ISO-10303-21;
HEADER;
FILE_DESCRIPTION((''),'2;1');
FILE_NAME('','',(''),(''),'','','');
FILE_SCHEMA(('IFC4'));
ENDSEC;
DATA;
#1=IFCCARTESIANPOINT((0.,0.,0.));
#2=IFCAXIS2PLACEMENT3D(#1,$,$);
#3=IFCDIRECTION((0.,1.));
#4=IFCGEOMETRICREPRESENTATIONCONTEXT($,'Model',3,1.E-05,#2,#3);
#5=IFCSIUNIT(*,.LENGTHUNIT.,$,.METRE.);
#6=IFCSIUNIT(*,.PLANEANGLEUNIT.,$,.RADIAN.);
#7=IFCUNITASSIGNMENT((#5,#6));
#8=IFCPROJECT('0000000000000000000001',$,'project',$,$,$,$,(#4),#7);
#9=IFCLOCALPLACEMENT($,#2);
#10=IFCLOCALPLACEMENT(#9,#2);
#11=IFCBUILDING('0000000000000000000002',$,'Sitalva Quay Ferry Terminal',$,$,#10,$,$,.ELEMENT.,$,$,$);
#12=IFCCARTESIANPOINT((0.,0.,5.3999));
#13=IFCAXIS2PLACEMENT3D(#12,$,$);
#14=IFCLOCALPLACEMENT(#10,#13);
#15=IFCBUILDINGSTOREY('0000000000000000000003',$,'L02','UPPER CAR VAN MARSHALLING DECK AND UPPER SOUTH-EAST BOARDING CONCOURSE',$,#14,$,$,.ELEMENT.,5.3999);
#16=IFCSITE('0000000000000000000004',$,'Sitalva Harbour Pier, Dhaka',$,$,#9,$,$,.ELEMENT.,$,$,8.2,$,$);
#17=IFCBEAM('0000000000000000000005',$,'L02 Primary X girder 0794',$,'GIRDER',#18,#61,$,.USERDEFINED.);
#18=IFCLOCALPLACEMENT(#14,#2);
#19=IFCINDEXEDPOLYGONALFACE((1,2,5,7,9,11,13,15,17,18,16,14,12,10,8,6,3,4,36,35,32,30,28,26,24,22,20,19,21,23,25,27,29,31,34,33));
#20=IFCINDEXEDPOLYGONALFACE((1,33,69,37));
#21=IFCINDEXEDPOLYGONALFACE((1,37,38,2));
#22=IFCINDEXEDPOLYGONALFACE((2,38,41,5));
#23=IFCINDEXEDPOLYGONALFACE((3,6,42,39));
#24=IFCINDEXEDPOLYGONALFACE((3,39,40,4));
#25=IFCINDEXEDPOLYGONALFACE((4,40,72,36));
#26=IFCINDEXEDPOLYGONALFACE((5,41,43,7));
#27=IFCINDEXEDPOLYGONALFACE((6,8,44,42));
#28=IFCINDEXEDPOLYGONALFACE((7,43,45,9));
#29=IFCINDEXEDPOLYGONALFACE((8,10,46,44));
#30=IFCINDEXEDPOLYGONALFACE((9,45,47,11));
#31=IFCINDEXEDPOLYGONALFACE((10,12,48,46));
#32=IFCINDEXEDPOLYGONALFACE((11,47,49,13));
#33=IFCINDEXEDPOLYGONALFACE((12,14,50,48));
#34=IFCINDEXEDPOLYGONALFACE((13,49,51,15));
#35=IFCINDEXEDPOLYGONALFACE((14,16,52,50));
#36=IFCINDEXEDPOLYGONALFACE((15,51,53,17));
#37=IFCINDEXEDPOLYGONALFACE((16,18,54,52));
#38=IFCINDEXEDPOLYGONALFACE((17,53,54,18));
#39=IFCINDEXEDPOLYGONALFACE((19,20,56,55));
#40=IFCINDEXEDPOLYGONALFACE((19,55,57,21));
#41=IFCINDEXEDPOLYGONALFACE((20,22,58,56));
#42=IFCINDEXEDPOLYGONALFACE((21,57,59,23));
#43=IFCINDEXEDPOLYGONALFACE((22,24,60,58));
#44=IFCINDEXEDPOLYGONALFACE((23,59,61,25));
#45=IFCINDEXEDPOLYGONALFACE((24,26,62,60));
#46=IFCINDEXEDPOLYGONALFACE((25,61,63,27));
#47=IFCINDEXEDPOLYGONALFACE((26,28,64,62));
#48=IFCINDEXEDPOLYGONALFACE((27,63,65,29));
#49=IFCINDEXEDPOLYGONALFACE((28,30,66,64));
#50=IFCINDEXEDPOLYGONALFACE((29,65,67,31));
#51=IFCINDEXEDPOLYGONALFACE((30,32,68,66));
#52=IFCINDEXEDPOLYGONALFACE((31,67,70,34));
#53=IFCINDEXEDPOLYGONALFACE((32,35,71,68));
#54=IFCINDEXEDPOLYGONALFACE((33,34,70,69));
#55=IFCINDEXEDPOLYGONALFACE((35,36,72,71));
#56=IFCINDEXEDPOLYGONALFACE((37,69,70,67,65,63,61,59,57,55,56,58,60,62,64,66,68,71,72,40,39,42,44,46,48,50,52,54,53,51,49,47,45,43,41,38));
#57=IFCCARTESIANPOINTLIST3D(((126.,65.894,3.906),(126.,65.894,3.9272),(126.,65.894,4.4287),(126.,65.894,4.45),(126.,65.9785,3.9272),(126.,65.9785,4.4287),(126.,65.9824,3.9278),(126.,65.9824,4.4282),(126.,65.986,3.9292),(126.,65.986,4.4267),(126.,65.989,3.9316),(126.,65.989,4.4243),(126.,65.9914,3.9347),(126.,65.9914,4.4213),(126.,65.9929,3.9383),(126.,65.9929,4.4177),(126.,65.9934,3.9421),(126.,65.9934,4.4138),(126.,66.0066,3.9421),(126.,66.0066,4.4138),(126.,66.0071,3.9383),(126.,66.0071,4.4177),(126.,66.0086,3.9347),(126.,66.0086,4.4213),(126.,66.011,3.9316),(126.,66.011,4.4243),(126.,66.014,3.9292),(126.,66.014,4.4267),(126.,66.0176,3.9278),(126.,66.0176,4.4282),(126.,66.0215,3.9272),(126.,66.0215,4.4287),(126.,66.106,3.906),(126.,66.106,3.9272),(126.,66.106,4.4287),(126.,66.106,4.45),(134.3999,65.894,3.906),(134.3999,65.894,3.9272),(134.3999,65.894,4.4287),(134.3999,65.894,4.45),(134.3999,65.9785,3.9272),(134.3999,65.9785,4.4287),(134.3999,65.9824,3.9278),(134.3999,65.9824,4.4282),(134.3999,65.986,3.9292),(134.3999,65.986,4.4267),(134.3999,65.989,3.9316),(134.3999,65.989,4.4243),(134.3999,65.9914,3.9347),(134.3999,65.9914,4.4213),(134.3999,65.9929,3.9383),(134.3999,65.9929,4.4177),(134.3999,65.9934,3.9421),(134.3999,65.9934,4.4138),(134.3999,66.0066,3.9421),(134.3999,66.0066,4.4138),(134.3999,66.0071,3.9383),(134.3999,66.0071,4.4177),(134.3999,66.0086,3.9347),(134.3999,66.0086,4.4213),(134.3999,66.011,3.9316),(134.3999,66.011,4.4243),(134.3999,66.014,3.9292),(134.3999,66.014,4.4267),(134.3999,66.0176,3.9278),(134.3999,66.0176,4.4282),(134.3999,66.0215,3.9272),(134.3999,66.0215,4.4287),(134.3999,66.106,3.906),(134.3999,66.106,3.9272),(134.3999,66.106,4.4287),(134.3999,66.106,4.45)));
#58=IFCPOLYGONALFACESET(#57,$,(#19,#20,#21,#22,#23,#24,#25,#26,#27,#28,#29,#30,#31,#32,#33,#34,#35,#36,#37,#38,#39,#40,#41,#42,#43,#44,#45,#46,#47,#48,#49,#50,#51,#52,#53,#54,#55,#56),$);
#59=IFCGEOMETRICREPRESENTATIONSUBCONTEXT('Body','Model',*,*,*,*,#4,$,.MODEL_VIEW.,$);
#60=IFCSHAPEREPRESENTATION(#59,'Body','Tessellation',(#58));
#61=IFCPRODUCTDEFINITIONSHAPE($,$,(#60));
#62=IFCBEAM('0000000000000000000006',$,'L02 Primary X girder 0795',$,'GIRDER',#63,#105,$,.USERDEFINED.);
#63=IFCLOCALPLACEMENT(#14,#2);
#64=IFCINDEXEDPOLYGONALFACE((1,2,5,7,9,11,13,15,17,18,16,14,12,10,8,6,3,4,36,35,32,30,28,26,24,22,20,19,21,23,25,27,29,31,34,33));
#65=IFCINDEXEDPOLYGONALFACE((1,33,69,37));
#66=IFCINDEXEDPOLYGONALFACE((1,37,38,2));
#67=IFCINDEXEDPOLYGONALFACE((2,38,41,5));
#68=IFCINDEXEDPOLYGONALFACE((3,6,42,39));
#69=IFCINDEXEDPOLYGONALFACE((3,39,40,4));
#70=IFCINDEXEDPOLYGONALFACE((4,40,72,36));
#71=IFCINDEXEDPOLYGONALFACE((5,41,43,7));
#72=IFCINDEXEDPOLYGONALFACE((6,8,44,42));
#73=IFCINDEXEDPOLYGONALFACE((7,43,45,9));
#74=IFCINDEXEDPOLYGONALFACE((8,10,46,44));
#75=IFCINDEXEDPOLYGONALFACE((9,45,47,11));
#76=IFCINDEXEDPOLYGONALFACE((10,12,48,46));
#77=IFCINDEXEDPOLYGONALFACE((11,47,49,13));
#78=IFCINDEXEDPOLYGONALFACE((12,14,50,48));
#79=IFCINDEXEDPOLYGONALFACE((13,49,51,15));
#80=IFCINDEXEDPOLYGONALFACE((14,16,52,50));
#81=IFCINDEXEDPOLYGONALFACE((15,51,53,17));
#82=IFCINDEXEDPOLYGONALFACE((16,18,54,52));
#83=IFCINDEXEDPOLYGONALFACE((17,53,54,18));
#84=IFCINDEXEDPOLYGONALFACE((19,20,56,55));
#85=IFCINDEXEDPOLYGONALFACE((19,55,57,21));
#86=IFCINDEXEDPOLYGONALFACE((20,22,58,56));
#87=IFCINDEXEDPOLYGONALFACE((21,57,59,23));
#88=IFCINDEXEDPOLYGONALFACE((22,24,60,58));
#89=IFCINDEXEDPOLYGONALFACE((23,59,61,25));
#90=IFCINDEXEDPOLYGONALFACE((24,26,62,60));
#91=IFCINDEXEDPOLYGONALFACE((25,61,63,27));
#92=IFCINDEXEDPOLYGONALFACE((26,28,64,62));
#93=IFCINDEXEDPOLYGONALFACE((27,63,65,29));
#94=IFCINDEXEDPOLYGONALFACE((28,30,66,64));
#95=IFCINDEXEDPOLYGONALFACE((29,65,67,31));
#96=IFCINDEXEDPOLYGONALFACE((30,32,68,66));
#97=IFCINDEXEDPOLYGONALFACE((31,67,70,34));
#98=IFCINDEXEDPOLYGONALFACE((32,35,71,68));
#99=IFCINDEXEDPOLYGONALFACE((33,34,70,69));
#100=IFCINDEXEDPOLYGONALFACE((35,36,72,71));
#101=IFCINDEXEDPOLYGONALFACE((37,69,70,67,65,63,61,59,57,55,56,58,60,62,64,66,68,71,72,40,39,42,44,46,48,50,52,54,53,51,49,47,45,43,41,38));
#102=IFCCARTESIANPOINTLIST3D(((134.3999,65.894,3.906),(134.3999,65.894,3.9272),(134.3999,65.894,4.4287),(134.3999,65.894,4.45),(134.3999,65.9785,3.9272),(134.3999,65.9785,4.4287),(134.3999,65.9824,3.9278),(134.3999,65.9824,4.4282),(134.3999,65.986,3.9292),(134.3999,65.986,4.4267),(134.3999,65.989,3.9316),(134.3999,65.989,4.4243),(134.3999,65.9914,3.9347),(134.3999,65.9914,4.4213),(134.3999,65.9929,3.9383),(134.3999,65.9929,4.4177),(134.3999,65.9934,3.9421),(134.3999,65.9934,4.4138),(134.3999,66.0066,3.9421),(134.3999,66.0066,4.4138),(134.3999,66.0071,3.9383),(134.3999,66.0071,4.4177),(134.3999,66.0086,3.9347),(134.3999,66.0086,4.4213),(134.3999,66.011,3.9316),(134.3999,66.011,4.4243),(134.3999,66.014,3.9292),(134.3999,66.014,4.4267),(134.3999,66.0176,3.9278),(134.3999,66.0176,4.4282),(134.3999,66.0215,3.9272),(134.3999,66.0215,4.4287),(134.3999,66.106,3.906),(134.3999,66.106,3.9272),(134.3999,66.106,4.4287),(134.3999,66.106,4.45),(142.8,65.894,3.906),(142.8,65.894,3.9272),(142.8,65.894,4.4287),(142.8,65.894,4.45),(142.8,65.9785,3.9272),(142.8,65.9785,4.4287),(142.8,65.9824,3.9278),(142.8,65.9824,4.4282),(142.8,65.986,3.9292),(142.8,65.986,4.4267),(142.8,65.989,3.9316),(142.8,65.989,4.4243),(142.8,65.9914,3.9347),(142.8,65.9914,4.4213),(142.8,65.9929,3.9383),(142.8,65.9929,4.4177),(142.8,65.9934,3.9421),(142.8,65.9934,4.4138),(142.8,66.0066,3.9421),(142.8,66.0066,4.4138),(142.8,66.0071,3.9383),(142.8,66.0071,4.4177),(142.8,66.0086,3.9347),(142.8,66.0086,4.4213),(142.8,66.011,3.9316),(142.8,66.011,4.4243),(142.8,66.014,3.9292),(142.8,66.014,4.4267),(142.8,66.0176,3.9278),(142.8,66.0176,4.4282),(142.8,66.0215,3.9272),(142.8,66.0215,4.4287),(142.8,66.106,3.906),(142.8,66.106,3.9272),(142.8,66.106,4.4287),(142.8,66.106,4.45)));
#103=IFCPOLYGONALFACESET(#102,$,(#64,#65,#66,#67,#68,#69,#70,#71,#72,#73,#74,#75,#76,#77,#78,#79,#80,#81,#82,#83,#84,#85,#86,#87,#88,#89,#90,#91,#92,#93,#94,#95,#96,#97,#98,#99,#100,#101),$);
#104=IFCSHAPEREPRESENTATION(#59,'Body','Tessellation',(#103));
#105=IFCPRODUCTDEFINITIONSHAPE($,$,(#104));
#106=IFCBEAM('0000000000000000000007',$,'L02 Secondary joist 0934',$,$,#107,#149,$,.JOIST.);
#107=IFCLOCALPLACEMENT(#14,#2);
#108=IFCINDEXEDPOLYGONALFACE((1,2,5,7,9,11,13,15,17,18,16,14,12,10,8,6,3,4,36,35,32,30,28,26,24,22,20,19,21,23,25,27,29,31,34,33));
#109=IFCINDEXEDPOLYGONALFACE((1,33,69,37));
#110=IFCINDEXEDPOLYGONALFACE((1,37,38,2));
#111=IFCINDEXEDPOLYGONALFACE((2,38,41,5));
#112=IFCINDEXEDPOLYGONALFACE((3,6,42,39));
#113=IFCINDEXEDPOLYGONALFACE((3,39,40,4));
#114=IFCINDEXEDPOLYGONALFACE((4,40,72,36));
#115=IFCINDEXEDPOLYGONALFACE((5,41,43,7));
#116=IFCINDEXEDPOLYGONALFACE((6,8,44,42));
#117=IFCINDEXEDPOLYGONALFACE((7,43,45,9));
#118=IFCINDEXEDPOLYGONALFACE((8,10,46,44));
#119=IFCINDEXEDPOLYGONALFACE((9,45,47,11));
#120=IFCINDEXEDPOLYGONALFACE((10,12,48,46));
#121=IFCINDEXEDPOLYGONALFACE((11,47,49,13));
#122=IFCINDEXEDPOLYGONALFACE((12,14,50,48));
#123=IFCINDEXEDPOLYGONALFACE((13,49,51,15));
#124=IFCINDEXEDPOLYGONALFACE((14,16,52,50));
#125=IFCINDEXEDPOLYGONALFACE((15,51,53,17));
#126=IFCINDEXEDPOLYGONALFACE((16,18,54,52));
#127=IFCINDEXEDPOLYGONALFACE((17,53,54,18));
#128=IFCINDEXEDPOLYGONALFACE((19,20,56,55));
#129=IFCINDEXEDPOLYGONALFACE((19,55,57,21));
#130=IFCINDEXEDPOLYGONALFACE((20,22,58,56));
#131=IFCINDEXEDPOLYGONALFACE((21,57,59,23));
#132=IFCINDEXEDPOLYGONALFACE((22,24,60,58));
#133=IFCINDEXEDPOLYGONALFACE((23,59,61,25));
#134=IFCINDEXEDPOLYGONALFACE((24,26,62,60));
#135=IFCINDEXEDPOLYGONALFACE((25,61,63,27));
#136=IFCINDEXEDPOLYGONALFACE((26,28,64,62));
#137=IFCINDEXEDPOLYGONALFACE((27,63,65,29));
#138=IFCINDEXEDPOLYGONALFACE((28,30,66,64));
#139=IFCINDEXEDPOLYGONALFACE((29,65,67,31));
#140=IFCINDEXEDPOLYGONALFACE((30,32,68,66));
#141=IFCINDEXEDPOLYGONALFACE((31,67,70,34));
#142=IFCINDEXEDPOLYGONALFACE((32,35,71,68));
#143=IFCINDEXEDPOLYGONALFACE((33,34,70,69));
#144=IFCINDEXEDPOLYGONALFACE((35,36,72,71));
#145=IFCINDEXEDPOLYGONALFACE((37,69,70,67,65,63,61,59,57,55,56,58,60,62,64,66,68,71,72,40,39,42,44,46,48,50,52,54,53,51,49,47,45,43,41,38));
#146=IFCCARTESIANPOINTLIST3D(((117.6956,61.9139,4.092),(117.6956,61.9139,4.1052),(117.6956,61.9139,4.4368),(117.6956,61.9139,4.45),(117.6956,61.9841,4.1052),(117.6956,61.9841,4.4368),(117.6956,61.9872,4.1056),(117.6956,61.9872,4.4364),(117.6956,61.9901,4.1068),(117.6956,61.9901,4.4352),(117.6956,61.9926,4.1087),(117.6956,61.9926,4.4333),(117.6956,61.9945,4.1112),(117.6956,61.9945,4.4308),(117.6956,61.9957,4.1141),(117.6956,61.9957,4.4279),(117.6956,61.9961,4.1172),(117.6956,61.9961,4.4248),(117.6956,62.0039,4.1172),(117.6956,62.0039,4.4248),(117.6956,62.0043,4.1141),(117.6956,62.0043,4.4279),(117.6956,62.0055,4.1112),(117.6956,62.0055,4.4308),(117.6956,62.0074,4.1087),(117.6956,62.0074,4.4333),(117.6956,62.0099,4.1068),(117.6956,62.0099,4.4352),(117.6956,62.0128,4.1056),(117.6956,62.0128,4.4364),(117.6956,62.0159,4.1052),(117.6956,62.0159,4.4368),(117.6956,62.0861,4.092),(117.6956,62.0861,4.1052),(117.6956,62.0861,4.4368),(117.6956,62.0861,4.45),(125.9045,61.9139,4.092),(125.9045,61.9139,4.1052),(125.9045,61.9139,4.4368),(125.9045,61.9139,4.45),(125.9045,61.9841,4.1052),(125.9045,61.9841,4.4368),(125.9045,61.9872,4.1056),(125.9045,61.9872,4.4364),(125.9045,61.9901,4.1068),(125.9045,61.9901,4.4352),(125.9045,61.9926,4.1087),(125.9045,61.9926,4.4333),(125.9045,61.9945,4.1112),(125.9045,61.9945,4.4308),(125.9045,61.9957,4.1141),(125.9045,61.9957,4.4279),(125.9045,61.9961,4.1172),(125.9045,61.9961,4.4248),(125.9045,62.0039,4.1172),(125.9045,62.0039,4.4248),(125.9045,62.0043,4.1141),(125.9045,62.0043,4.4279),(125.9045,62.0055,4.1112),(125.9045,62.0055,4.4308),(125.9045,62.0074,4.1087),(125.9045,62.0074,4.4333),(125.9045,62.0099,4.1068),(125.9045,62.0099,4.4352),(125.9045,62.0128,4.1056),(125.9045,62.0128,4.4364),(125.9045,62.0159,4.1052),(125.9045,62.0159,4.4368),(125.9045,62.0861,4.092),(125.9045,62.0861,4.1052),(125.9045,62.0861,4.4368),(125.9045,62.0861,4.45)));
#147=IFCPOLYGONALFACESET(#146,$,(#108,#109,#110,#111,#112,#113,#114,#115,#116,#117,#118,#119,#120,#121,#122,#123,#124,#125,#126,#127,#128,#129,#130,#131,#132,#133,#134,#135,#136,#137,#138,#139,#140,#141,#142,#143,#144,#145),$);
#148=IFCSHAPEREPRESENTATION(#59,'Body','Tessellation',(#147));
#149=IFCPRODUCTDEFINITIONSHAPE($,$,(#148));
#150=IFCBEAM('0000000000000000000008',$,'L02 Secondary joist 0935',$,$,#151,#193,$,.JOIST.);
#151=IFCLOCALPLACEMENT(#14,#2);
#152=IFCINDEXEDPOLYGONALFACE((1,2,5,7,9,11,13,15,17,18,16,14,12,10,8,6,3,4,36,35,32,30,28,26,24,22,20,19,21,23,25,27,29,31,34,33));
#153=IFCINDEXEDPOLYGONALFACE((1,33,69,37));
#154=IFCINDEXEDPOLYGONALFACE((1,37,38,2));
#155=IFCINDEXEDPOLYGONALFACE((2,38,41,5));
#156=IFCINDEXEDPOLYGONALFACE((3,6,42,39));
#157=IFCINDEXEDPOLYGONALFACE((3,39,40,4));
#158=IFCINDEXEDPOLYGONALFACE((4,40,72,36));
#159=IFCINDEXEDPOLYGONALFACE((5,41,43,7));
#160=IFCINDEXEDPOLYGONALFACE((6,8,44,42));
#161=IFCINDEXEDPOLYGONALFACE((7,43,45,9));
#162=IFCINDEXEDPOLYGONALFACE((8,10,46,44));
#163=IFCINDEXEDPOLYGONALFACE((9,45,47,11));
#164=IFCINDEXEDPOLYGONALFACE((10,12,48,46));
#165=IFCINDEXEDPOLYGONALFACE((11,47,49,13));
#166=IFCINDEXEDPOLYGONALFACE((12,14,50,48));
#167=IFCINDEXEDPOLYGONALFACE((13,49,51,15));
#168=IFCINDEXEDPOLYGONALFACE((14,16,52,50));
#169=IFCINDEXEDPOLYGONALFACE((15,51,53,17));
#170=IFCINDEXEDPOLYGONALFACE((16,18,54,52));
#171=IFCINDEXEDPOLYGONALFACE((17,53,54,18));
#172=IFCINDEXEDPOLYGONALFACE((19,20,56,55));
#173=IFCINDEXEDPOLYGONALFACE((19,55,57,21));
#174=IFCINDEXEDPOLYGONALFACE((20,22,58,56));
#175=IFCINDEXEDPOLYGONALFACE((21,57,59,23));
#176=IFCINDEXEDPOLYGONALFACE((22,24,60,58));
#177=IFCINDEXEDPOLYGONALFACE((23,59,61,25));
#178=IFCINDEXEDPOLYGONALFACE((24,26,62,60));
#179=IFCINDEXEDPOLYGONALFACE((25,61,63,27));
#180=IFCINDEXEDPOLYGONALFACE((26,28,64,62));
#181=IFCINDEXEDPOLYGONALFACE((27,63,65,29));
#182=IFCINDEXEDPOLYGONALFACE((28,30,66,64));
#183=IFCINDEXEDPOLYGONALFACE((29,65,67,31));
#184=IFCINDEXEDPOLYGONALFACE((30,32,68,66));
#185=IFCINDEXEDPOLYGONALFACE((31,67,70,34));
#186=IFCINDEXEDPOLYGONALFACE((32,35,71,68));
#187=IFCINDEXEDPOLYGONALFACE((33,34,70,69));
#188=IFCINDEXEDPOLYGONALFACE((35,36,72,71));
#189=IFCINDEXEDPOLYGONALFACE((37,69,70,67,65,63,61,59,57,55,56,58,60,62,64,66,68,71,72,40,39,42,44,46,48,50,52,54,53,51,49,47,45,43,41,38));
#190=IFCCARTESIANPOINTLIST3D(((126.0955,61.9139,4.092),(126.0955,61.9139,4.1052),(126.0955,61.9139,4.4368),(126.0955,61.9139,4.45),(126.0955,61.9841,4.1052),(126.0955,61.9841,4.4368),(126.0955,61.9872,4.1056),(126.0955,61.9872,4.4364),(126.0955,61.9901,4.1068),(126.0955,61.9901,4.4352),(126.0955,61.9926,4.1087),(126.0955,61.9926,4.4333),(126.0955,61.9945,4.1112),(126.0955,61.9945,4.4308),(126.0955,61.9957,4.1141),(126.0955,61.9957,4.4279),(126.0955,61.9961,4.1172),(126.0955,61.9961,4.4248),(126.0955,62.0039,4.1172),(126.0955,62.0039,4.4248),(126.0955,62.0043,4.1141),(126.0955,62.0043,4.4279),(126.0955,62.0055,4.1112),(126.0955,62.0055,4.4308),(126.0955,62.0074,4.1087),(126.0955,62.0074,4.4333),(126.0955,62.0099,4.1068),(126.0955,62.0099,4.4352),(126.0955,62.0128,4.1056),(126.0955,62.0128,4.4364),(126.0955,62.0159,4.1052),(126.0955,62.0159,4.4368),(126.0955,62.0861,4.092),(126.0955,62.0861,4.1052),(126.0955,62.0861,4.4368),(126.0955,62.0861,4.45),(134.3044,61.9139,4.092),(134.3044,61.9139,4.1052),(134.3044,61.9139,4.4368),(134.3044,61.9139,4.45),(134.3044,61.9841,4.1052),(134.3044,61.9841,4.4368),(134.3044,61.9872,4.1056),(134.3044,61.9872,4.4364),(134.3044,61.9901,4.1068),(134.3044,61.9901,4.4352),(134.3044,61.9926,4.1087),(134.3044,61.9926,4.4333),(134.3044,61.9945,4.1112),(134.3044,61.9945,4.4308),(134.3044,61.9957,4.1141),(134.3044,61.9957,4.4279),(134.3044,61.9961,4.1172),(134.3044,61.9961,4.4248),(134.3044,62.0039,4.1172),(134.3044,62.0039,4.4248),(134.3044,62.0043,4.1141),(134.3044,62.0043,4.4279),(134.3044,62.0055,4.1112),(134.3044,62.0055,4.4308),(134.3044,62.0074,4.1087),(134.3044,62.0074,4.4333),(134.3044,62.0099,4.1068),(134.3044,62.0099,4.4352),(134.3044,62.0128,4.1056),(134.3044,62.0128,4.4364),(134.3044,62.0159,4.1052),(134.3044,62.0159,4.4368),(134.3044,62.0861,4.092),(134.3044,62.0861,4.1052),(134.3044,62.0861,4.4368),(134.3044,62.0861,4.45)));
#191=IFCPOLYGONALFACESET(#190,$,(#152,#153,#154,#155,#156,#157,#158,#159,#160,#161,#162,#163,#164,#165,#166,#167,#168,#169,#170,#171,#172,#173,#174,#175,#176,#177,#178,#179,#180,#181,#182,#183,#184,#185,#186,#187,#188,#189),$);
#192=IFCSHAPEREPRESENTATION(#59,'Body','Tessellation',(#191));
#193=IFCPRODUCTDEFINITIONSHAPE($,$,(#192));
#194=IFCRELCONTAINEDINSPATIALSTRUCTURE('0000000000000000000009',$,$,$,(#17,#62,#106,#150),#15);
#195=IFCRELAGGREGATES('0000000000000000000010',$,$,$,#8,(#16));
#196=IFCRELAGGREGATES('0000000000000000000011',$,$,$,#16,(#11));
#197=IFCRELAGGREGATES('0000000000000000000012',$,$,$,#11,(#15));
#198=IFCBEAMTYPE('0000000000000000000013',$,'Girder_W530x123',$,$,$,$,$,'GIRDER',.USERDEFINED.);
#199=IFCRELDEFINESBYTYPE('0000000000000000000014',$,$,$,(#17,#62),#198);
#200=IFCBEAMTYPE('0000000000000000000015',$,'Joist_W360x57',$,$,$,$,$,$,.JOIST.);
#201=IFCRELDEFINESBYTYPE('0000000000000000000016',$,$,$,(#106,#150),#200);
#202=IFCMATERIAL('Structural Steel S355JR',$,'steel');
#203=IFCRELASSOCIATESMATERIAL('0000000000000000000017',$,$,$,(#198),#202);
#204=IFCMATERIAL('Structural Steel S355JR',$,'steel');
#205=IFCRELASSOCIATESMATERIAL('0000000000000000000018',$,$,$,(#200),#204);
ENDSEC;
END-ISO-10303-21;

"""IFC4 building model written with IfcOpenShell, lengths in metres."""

from ifc_helpers import new_model, si_unit, direction, frame, origin, origin_2d, place, context, subcontext, project, spatial, i_section, extrude, material, material_profile, profile_set, type_object, element, save


model = new_model("IFC4")

# Units and contexts
model_context = context("Model", 3, precision=1e-05, world=origin(), true_north=direction((0.0, 1.0)))
body_context = subcontext(model_context, "Body", "Model", "MODEL_VIEW")
ifc_project = project(units=[si_unit("LENGTHUNIT", "METRE"), si_unit("PLANEANGLEUNIT", "RADIAN")], contexts=[model_context])

# Site, building, storey
site_placement = place(None, origin())
site = spatial("IfcSite", under=ifc_project, at=site_placement, Name="Sitalva Harbour Pier, Dhaka", CompositionType="ELEMENT", RefElevation=8.2)
building_placement = place(site_placement, origin())
building = spatial("IfcBuilding", under=site, at=building_placement, Name="Sitalva Quay Ferry Terminal", CompositionType="ELEMENT")
storey_placement = place(building_placement, frame((0.0, 0.0, 5.3999)))
storey = spatial("IfcBuildingStorey", under=building, at=storey_placement, Name="L02", Description="UPPER CAR VAN MARSHALLING DECK AND UPPER SOUTH-EAST BOARDING CONCOURSE", CompositionType="ELEMENT", Elevation=5.3999)

# Beams
ifc_material_1 = material(Name="Structural Steel S355JR", Category="steel")
ifc_material_profile_1 = material_profile(ifc_material_1, i_section(OverallWidth=0.2119, OverallDepth=0.5439, WebThickness=0.0132, FlangeThickness=0.0212, FilletRadius=0.0149, at=origin_2d()), Name="W530x123")
ifc_profile_set_1 = profile_set([ifc_material_profile_1], Name="Structural Steel S355JR")
beam_type_1 = type_object("IfcBeamType", Name="Girder_W530x123", ElementType="GIRDER", PredefinedType="USERDEFINED", material=ifc_profile_set_1)
beam_1_placement = place(storey_placement, frame((126.0, 66.0, 4.178), z_axis=(1.0, 0.0, 0.0), x_axis=(0.0, 1.0, 0.0)))
element("IfcBeam", 1, at=beam_1_placement, inside=storey, type_object=beam_type_1, Name="L02 Primary X girder 0794", ObjectType="GIRDER", PredefinedType="USERDEFINED", context=body_context, shape_type="SweptSolid", body=[
    extrude(i_section(OverallWidth=0.2119, OverallDepth=0.5439, WebThickness=0.0132, FlangeThickness=0.0212, FilletRadius=0.0149, at=origin_2d()), origin(), (0.0, 0.0, 1.0), 8.3999),
])
beam_2_placement = place(storey_placement, frame((134.3999, 66.0, 4.178), z_axis=(1.0, 0.0, 0.0), x_axis=(0.0, 1.0, 0.0)))
element("IfcBeam", 2, at=beam_2_placement, inside=storey, type_object=beam_type_1, Name="L02 Primary X girder 0795", ObjectType="GIRDER", PredefinedType="USERDEFINED", context=body_context, shape_type="SweptSolid", body=[
    extrude(i_section(OverallWidth=0.2119, OverallDepth=0.5439, WebThickness=0.0132, FlangeThickness=0.0212, FilletRadius=0.0149, at=origin_2d()), origin(), (0.0, 0.0, 1.0), 8.4001),
])
ifc_material_2 = material(Name="Structural Steel S355JR", Category="steel")
ifc_material_profile_2 = material_profile(ifc_material_2, i_section(OverallWidth=0.1721, OverallDepth=0.3579, WebThickness=0.0078, FlangeThickness=0.0132, FilletRadius=0.012, at=origin_2d()), Name="W360x57")
ifc_profile_set_2 = profile_set([ifc_material_profile_2], Name="Structural Steel S355JR")
beam_type_2 = type_object("IfcBeamType", Name="Joist_W360x57", PredefinedType="JOIST", material=ifc_profile_set_2)
for number, where, z_axis, x_axis, name in (
    (3, (117.6956, 62.0, 4.271), (1.0, 0.0, 0.0), (0.0, 1.0, 0.0), "L02 Secondary joist 0934"),
    (4, (126.0955, 62.0, 4.271), (1.0, 0.0, 0.0), (0.0, 1.0, 0.0), "L02 Secondary joist 0935"),
):
    element("IfcBeam", number, at=place(storey_placement, frame(where, z_axis=z_axis, x_axis=x_axis)), inside=storey, type_object=beam_type_2, Name=name, PredefinedType="JOIST", context=body_context, shape_type="SweptSolid", body=[
        extrude(i_section(OverallWidth=0.1721, OverallDepth=0.3579, WebThickness=0.0078, FlangeThickness=0.0132, FilletRadius=0.012, at=origin_2d()), origin(), (0.0, 0.0, 1.0), 8.209),
    ])

save(model, "model.ifc")
